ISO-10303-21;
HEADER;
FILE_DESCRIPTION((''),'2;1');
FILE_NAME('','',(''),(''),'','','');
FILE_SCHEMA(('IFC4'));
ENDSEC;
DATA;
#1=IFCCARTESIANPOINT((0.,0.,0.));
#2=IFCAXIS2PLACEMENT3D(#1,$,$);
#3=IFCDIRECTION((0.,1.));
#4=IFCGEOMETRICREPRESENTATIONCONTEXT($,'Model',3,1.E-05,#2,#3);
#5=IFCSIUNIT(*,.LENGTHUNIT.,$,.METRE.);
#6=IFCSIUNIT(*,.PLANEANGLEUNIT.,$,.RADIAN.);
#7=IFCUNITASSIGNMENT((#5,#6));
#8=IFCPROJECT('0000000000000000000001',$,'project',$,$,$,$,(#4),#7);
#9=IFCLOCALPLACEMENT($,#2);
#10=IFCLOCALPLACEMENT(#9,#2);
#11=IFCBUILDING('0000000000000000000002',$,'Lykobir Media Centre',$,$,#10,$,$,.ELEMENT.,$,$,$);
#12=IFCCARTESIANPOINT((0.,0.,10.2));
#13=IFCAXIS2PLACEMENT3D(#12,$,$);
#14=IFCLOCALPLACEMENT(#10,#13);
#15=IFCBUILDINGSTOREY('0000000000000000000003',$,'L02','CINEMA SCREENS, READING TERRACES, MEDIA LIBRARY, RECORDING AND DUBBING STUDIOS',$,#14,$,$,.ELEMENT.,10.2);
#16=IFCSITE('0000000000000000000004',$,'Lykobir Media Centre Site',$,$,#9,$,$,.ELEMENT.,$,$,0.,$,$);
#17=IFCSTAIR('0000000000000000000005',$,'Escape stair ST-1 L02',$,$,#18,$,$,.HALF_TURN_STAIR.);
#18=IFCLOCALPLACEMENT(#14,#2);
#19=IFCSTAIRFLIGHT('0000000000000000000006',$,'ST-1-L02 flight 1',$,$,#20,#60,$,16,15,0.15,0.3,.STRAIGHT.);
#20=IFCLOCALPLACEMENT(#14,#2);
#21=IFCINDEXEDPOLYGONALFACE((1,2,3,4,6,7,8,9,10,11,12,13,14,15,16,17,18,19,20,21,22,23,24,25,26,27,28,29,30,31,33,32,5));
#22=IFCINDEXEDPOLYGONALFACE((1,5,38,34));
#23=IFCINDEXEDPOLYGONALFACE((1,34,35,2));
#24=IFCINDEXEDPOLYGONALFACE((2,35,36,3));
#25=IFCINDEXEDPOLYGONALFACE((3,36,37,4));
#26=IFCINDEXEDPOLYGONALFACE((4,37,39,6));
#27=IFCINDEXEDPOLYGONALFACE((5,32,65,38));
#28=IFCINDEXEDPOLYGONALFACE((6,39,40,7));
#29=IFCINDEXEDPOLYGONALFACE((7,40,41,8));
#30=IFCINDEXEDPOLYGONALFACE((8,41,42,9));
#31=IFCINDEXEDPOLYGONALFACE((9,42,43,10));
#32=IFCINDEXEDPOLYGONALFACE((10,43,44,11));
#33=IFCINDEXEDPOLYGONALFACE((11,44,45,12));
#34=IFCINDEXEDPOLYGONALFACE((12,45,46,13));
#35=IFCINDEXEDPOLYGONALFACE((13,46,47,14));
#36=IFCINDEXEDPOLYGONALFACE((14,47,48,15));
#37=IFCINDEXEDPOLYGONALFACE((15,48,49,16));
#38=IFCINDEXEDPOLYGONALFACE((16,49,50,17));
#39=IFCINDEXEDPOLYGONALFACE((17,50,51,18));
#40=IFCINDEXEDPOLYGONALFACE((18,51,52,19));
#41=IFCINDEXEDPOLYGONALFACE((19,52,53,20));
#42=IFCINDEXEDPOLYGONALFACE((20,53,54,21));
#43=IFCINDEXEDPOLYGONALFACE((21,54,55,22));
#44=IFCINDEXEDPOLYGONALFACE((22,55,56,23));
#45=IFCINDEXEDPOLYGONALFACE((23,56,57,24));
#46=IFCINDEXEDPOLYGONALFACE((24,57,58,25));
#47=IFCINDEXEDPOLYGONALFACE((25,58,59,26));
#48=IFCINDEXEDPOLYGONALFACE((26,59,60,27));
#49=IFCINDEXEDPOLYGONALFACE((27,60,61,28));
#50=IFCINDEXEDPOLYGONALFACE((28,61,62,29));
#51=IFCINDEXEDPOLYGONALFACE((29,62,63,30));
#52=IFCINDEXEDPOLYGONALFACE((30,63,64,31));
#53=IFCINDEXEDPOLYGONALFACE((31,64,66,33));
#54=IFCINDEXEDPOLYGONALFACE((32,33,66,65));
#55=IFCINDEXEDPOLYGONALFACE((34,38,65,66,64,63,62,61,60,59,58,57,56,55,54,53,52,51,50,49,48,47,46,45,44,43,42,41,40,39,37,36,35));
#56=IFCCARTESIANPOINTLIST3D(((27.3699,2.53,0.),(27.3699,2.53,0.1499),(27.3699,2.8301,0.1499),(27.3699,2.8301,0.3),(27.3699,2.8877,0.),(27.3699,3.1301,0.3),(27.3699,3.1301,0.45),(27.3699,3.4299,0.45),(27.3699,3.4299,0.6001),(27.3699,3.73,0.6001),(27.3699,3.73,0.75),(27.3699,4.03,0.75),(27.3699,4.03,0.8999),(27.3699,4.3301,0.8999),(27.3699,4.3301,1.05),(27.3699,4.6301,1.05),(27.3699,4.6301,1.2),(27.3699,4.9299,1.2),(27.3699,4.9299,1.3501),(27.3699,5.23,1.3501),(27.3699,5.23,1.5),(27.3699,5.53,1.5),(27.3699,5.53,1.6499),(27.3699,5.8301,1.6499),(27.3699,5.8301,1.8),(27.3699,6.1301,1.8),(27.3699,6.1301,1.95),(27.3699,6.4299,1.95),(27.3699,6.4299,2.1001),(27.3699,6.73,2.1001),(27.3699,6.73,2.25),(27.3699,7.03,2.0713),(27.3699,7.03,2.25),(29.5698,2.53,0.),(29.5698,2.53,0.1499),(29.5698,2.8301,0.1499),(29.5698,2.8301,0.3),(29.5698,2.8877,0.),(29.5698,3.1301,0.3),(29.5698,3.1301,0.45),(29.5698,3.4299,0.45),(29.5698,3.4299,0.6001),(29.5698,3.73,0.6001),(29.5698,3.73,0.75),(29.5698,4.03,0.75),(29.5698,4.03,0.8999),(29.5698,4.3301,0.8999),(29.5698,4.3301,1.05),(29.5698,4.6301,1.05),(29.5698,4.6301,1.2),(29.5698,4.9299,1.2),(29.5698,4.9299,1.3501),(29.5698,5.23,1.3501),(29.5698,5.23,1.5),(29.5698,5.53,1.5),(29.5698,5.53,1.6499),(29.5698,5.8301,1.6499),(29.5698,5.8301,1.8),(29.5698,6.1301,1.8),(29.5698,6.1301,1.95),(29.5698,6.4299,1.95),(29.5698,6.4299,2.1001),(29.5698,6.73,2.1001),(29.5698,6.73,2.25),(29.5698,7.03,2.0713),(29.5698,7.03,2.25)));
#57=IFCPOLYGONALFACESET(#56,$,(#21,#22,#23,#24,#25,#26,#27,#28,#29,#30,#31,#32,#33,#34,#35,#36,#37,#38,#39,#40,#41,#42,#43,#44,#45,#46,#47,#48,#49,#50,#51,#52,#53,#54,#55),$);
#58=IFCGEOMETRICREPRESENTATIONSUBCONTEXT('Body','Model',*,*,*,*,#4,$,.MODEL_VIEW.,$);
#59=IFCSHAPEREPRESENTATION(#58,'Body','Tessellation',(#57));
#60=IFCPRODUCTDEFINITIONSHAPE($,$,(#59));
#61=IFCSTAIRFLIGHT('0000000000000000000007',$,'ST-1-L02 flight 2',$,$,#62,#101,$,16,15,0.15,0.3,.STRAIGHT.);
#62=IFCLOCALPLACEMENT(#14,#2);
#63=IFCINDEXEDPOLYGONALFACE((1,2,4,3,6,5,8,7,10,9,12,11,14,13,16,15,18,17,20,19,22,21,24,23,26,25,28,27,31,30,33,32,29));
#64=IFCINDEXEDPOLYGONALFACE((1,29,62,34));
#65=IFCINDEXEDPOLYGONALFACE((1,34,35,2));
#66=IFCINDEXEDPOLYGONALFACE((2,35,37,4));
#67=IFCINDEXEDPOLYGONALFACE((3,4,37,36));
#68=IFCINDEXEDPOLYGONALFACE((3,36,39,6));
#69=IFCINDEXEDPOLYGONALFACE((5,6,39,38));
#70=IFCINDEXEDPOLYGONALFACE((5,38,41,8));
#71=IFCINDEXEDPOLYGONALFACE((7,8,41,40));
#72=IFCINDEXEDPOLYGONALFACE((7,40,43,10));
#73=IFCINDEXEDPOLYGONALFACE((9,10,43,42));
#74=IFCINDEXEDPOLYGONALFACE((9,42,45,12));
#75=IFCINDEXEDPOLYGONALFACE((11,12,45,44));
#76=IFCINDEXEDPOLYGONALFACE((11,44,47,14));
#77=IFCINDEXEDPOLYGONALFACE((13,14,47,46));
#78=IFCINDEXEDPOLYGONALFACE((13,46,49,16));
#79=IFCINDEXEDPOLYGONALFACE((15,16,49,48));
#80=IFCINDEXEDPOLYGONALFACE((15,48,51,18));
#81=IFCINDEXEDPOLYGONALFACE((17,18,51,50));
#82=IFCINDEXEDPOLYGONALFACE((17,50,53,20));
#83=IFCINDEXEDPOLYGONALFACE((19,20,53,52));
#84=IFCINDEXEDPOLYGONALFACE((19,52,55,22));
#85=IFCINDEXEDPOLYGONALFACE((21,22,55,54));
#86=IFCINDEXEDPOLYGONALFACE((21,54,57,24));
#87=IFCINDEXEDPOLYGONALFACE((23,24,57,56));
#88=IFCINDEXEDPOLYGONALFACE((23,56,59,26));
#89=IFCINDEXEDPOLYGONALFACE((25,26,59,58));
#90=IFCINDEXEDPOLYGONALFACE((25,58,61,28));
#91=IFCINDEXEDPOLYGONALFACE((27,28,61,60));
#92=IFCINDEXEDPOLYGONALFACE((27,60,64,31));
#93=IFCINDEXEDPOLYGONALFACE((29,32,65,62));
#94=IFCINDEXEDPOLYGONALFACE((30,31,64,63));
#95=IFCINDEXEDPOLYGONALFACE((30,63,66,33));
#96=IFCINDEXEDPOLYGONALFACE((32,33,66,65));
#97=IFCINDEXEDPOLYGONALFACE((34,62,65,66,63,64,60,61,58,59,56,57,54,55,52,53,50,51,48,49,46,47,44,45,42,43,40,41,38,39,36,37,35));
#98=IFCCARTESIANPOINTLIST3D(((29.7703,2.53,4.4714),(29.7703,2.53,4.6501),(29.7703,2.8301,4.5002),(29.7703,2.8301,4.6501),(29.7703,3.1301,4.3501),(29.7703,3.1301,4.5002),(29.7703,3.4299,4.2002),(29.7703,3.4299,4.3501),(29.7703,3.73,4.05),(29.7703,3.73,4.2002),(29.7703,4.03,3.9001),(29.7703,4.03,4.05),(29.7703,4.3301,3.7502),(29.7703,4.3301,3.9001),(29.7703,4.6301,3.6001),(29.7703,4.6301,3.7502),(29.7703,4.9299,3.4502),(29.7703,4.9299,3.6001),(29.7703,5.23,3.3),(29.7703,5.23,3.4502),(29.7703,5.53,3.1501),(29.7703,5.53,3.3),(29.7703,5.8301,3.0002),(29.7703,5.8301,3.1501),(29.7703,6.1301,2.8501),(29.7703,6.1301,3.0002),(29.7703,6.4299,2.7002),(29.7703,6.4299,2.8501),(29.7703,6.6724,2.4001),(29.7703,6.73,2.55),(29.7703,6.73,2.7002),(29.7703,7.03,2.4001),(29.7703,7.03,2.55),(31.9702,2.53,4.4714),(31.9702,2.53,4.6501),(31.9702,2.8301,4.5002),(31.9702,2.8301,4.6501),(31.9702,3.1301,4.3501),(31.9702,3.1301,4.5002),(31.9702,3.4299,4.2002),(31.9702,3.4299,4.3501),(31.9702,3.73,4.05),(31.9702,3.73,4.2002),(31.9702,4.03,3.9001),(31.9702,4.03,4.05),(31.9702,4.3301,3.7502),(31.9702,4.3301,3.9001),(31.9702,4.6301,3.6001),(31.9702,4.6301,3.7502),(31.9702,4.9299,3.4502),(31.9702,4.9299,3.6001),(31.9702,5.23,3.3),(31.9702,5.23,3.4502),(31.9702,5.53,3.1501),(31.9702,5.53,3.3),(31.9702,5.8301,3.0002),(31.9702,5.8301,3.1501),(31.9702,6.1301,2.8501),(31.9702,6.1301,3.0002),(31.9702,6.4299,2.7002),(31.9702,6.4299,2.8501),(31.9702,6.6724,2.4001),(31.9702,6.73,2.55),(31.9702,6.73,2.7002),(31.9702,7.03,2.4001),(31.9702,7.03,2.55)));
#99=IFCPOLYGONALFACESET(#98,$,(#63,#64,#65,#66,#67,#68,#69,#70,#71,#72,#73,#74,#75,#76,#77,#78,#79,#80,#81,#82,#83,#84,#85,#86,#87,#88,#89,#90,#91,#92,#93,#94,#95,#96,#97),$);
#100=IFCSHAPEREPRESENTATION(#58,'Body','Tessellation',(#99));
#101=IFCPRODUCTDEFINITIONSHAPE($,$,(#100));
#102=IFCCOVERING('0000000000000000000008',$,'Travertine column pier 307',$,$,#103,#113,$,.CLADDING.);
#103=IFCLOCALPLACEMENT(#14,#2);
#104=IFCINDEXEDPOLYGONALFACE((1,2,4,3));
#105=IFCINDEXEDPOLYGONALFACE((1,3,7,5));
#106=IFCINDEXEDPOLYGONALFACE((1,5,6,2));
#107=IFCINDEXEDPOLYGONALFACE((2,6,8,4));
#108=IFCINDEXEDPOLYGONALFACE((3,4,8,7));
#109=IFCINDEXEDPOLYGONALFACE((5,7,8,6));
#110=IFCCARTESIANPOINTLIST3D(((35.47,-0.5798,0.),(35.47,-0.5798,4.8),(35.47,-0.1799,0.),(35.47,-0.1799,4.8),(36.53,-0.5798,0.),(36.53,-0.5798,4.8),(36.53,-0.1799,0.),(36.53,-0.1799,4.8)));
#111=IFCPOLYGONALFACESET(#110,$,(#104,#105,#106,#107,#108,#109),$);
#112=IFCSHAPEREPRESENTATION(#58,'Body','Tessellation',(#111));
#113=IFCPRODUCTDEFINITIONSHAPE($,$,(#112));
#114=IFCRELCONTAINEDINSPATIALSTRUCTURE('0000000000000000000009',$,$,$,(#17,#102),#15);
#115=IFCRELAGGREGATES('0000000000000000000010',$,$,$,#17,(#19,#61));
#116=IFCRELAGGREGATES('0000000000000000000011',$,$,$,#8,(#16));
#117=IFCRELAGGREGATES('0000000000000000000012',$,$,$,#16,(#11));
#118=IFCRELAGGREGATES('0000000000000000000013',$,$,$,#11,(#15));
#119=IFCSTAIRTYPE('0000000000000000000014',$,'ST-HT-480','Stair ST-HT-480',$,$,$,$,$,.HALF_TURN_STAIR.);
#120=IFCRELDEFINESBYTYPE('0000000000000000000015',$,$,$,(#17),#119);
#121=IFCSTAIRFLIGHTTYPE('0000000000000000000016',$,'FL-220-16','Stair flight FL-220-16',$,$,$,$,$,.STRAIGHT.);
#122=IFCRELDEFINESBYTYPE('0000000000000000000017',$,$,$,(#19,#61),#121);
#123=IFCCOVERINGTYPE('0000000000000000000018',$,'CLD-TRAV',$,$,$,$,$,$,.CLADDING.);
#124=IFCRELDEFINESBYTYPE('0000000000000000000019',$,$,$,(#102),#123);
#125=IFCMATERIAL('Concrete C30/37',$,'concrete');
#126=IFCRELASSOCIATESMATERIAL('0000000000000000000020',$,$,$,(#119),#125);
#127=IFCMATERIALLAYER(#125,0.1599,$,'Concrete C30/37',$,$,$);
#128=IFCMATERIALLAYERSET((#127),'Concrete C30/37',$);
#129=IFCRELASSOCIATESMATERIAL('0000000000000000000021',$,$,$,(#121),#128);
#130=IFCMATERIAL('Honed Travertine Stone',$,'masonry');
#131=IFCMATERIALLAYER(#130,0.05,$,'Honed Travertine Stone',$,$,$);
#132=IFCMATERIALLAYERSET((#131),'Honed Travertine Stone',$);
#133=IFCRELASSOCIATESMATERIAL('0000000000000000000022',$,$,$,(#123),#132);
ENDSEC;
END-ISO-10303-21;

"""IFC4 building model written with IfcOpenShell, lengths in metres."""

from ifc_helpers import new_model, si_unit, direction, frame, origin, origin_2d, place, context, subcontext, project, spatial, polyline, rectangle, outline, extrude, material, layer, layer_set, type_object, element, aggregate, save


model = new_model("IFC4")

# Units and contexts
model_context = context("Model", 3, precision=1e-05, world=origin(), true_north=direction((0.0, 1.0)))
body_context = subcontext(model_context, "Body", "Model", "MODEL_VIEW")
ifc_project = project(units=[si_unit("LENGTHUNIT", "METRE"), si_unit("PLANEANGLEUNIT", "RADIAN")], contexts=[model_context])

# Site, building, storey
site_placement = place(None, origin())
site = spatial("IfcSite", under=ifc_project, at=site_placement, Name="Lykobir Media Centre Site", CompositionType="ELEMENT", RefElevation=0.0)
building_placement = place(site_placement, origin())
building = spatial("IfcBuilding", under=site, at=building_placement, Name="Lykobir Media Centre", CompositionType="ELEMENT")
storey_placement = place(building_placement, frame((0.0, 0.0, 10.2)))
storey = spatial("IfcBuildingStorey", under=building, at=storey_placement, Name="L02", Description="CINEMA SCREENS, READING TERRACES, MEDIA LIBRARY, RECORDING AND DUBBING STUDIOS", CompositionType="ELEMENT", Elevation=10.2)

# Shared definitions
ifc_material_1 = material(Name="Concrete C30/37", Category="concrete")

# Stair, stair flights
stair_type = type_object("IfcStairType", Name="ST-HT-480", Description="Stair ST-HT-480", PredefinedType="HALF_TURN_STAIR", material=ifc_material_1)
stair_placement = place(storey_placement, origin())
stair = element("IfcStair", 1, at=stair_placement, inside=storey, type_object=stair_type, Name="Escape stair ST-1 L02", PredefinedType="HALF_TURN_STAIR")
ifc_layer_1 = layer(ifc_material_1, 0.1599, Name="Concrete C30/37")
ifc_layer_set_1 = layer_set([ifc_layer_1], Name="Concrete C30/37")
stair_flight_type = type_object("IfcStairFlightType", Name="FL-220-16", Description="Stair flight FL-220-16", PredefinedType="STRAIGHT", material=ifc_layer_set_1)
stair_flight_1_placement = place(storey_placement, frame((28.47, 2.53, 0.0), z_axis=(0.0, 0.0, 1.0), x_axis=(0.0, 1.0, 0.0)))
stair_flight_1 = element("IfcStairFlight", 2, at=stair_flight_1_placement, type_object=stair_flight_type, Name="ST-1-L02 flight 1", NumberOfRisers=16, NumberOfTreads=15, PredefinedType="STRAIGHT", RiserHeight=0.15, TreadLength=0.3, context=body_context, shape_type="SweptSolid", body=[
    extrude(outline(polyline([(0.0, 0.0), (0.0, 0.1499), (0.3, 0.1499), (0.3, 0.3), (0.6001, 0.3), (0.6001, 0.45), (0.8999, 0.45), (0.8999, 0.6001), (1.2, 0.6001), (1.2, 0.75), (1.5, 0.75), (1.5, 0.8999), (1.8, 0.8999), (1.8, 1.05), (2.1001, 1.05), (2.1001, 1.2), (2.3999, 1.2), (2.3999, 1.3501), (2.7, 1.3501), (2.7, 1.5), (3.0, 1.5), (3.0, 1.6499), (3.3, 1.6499), (3.3, 1.8), (3.6001, 1.8), (3.6001, 1.95), (3.8999, 1.95), (3.8999, 2.1001), (4.2, 2.1001), (4.2, 2.25), (4.5, 2.25), (4.5, 2.3999), (4.5, 2.0713), (0.3577, 0.0), (0.0, 0.0)])), frame((0.0, 1.1001, 0.0), z_axis=(0.0, -1.0, 0.0), x_axis=(1.0, 0.0, 0.0)), (0.0, 0.0, 1.0), 2.2),
])
stair_flight_2_placement = place(storey_placement, frame((30.8701, 7.03, 2.4001), z_axis=(0.0, 0.0, 1.0), x_axis=(0.0, -1.0, 0.0)))
stair_flight_2 = element("IfcStairFlight", 3, at=stair_flight_2_placement, type_object=stair_flight_type, Name="ST-1-L02 flight 2", NumberOfRisers=16, NumberOfTreads=15, PredefinedType="STRAIGHT", RiserHeight=0.15, TreadLength=0.3, context=body_context, shape_type="SweptSolid", body=[
    extrude(outline(polyline([(0.0, 0.0), (0.0, 0.1499), (0.3, 0.1499), (0.3, 0.3), (0.6001, 0.3), (0.6001, 0.45), (0.8999, 0.45), (0.8999, 0.6001), (1.2, 0.6001), (1.2, 0.75), (1.5, 0.75), (1.5, 0.8999), (1.8, 0.8999), (1.8, 1.05), (2.1001, 1.05), (2.1001, 1.2), (2.3999, 1.2), (2.3999, 1.3501), (2.7, 1.3501), (2.7, 1.5), (3.0, 1.5), (3.0, 1.6499), (3.3, 1.6499), (3.3, 1.8), (3.6001, 1.8), (3.6001, 1.95), (3.8999, 1.95), (3.8999, 2.1001), (4.2, 2.1001), (4.2, 2.25), (4.5, 2.25), (4.5, 2.3999), (4.5, 2.0713), (0.3577, 0.0), (0.0, 0.0)])), frame((0.0, 1.1001, 0.0), z_axis=(0.0, -1.0, 0.0), x_axis=(1.0, 0.0, 0.0)), (0.0, 0.0, 1.0), 2.2),
])
aggregate(stair, [stair_flight_1, stair_flight_2])

# Covering
ifc_material_2 = material(Name="Honed Travertine Stone", Category="masonry")
ifc_layer_2 = layer(ifc_material_2, 0.05, Name="Honed Travertine Stone")
ifc_layer_set_2 = layer_set([ifc_layer_2], Name="Honed Travertine Stone")
covering_type = type_object("IfcCoveringType", Name="CLD-TRAV", PredefinedType="CLADDING", material=ifc_layer_set_2)
covering_placement = place(storey_placement, frame((36.0, -0.3799, 0.0), z_axis=(0.0, 0.0, 1.0), x_axis=(1.0, 0.0, 0.0)))
element("IfcCovering", 4, at=covering_placement, inside=storey, type_object=covering_type, Name="Travertine column pier 307", PredefinedType="CLADDING", context=body_context, shape_type="SweptSolid", body=[
    extrude(rectangle(XDim=1.0601, YDim=0.3999, at=origin_2d()), origin(), (0.0, 0.0, 1.0), 4.8),
])

save(model, "model.ifc")
